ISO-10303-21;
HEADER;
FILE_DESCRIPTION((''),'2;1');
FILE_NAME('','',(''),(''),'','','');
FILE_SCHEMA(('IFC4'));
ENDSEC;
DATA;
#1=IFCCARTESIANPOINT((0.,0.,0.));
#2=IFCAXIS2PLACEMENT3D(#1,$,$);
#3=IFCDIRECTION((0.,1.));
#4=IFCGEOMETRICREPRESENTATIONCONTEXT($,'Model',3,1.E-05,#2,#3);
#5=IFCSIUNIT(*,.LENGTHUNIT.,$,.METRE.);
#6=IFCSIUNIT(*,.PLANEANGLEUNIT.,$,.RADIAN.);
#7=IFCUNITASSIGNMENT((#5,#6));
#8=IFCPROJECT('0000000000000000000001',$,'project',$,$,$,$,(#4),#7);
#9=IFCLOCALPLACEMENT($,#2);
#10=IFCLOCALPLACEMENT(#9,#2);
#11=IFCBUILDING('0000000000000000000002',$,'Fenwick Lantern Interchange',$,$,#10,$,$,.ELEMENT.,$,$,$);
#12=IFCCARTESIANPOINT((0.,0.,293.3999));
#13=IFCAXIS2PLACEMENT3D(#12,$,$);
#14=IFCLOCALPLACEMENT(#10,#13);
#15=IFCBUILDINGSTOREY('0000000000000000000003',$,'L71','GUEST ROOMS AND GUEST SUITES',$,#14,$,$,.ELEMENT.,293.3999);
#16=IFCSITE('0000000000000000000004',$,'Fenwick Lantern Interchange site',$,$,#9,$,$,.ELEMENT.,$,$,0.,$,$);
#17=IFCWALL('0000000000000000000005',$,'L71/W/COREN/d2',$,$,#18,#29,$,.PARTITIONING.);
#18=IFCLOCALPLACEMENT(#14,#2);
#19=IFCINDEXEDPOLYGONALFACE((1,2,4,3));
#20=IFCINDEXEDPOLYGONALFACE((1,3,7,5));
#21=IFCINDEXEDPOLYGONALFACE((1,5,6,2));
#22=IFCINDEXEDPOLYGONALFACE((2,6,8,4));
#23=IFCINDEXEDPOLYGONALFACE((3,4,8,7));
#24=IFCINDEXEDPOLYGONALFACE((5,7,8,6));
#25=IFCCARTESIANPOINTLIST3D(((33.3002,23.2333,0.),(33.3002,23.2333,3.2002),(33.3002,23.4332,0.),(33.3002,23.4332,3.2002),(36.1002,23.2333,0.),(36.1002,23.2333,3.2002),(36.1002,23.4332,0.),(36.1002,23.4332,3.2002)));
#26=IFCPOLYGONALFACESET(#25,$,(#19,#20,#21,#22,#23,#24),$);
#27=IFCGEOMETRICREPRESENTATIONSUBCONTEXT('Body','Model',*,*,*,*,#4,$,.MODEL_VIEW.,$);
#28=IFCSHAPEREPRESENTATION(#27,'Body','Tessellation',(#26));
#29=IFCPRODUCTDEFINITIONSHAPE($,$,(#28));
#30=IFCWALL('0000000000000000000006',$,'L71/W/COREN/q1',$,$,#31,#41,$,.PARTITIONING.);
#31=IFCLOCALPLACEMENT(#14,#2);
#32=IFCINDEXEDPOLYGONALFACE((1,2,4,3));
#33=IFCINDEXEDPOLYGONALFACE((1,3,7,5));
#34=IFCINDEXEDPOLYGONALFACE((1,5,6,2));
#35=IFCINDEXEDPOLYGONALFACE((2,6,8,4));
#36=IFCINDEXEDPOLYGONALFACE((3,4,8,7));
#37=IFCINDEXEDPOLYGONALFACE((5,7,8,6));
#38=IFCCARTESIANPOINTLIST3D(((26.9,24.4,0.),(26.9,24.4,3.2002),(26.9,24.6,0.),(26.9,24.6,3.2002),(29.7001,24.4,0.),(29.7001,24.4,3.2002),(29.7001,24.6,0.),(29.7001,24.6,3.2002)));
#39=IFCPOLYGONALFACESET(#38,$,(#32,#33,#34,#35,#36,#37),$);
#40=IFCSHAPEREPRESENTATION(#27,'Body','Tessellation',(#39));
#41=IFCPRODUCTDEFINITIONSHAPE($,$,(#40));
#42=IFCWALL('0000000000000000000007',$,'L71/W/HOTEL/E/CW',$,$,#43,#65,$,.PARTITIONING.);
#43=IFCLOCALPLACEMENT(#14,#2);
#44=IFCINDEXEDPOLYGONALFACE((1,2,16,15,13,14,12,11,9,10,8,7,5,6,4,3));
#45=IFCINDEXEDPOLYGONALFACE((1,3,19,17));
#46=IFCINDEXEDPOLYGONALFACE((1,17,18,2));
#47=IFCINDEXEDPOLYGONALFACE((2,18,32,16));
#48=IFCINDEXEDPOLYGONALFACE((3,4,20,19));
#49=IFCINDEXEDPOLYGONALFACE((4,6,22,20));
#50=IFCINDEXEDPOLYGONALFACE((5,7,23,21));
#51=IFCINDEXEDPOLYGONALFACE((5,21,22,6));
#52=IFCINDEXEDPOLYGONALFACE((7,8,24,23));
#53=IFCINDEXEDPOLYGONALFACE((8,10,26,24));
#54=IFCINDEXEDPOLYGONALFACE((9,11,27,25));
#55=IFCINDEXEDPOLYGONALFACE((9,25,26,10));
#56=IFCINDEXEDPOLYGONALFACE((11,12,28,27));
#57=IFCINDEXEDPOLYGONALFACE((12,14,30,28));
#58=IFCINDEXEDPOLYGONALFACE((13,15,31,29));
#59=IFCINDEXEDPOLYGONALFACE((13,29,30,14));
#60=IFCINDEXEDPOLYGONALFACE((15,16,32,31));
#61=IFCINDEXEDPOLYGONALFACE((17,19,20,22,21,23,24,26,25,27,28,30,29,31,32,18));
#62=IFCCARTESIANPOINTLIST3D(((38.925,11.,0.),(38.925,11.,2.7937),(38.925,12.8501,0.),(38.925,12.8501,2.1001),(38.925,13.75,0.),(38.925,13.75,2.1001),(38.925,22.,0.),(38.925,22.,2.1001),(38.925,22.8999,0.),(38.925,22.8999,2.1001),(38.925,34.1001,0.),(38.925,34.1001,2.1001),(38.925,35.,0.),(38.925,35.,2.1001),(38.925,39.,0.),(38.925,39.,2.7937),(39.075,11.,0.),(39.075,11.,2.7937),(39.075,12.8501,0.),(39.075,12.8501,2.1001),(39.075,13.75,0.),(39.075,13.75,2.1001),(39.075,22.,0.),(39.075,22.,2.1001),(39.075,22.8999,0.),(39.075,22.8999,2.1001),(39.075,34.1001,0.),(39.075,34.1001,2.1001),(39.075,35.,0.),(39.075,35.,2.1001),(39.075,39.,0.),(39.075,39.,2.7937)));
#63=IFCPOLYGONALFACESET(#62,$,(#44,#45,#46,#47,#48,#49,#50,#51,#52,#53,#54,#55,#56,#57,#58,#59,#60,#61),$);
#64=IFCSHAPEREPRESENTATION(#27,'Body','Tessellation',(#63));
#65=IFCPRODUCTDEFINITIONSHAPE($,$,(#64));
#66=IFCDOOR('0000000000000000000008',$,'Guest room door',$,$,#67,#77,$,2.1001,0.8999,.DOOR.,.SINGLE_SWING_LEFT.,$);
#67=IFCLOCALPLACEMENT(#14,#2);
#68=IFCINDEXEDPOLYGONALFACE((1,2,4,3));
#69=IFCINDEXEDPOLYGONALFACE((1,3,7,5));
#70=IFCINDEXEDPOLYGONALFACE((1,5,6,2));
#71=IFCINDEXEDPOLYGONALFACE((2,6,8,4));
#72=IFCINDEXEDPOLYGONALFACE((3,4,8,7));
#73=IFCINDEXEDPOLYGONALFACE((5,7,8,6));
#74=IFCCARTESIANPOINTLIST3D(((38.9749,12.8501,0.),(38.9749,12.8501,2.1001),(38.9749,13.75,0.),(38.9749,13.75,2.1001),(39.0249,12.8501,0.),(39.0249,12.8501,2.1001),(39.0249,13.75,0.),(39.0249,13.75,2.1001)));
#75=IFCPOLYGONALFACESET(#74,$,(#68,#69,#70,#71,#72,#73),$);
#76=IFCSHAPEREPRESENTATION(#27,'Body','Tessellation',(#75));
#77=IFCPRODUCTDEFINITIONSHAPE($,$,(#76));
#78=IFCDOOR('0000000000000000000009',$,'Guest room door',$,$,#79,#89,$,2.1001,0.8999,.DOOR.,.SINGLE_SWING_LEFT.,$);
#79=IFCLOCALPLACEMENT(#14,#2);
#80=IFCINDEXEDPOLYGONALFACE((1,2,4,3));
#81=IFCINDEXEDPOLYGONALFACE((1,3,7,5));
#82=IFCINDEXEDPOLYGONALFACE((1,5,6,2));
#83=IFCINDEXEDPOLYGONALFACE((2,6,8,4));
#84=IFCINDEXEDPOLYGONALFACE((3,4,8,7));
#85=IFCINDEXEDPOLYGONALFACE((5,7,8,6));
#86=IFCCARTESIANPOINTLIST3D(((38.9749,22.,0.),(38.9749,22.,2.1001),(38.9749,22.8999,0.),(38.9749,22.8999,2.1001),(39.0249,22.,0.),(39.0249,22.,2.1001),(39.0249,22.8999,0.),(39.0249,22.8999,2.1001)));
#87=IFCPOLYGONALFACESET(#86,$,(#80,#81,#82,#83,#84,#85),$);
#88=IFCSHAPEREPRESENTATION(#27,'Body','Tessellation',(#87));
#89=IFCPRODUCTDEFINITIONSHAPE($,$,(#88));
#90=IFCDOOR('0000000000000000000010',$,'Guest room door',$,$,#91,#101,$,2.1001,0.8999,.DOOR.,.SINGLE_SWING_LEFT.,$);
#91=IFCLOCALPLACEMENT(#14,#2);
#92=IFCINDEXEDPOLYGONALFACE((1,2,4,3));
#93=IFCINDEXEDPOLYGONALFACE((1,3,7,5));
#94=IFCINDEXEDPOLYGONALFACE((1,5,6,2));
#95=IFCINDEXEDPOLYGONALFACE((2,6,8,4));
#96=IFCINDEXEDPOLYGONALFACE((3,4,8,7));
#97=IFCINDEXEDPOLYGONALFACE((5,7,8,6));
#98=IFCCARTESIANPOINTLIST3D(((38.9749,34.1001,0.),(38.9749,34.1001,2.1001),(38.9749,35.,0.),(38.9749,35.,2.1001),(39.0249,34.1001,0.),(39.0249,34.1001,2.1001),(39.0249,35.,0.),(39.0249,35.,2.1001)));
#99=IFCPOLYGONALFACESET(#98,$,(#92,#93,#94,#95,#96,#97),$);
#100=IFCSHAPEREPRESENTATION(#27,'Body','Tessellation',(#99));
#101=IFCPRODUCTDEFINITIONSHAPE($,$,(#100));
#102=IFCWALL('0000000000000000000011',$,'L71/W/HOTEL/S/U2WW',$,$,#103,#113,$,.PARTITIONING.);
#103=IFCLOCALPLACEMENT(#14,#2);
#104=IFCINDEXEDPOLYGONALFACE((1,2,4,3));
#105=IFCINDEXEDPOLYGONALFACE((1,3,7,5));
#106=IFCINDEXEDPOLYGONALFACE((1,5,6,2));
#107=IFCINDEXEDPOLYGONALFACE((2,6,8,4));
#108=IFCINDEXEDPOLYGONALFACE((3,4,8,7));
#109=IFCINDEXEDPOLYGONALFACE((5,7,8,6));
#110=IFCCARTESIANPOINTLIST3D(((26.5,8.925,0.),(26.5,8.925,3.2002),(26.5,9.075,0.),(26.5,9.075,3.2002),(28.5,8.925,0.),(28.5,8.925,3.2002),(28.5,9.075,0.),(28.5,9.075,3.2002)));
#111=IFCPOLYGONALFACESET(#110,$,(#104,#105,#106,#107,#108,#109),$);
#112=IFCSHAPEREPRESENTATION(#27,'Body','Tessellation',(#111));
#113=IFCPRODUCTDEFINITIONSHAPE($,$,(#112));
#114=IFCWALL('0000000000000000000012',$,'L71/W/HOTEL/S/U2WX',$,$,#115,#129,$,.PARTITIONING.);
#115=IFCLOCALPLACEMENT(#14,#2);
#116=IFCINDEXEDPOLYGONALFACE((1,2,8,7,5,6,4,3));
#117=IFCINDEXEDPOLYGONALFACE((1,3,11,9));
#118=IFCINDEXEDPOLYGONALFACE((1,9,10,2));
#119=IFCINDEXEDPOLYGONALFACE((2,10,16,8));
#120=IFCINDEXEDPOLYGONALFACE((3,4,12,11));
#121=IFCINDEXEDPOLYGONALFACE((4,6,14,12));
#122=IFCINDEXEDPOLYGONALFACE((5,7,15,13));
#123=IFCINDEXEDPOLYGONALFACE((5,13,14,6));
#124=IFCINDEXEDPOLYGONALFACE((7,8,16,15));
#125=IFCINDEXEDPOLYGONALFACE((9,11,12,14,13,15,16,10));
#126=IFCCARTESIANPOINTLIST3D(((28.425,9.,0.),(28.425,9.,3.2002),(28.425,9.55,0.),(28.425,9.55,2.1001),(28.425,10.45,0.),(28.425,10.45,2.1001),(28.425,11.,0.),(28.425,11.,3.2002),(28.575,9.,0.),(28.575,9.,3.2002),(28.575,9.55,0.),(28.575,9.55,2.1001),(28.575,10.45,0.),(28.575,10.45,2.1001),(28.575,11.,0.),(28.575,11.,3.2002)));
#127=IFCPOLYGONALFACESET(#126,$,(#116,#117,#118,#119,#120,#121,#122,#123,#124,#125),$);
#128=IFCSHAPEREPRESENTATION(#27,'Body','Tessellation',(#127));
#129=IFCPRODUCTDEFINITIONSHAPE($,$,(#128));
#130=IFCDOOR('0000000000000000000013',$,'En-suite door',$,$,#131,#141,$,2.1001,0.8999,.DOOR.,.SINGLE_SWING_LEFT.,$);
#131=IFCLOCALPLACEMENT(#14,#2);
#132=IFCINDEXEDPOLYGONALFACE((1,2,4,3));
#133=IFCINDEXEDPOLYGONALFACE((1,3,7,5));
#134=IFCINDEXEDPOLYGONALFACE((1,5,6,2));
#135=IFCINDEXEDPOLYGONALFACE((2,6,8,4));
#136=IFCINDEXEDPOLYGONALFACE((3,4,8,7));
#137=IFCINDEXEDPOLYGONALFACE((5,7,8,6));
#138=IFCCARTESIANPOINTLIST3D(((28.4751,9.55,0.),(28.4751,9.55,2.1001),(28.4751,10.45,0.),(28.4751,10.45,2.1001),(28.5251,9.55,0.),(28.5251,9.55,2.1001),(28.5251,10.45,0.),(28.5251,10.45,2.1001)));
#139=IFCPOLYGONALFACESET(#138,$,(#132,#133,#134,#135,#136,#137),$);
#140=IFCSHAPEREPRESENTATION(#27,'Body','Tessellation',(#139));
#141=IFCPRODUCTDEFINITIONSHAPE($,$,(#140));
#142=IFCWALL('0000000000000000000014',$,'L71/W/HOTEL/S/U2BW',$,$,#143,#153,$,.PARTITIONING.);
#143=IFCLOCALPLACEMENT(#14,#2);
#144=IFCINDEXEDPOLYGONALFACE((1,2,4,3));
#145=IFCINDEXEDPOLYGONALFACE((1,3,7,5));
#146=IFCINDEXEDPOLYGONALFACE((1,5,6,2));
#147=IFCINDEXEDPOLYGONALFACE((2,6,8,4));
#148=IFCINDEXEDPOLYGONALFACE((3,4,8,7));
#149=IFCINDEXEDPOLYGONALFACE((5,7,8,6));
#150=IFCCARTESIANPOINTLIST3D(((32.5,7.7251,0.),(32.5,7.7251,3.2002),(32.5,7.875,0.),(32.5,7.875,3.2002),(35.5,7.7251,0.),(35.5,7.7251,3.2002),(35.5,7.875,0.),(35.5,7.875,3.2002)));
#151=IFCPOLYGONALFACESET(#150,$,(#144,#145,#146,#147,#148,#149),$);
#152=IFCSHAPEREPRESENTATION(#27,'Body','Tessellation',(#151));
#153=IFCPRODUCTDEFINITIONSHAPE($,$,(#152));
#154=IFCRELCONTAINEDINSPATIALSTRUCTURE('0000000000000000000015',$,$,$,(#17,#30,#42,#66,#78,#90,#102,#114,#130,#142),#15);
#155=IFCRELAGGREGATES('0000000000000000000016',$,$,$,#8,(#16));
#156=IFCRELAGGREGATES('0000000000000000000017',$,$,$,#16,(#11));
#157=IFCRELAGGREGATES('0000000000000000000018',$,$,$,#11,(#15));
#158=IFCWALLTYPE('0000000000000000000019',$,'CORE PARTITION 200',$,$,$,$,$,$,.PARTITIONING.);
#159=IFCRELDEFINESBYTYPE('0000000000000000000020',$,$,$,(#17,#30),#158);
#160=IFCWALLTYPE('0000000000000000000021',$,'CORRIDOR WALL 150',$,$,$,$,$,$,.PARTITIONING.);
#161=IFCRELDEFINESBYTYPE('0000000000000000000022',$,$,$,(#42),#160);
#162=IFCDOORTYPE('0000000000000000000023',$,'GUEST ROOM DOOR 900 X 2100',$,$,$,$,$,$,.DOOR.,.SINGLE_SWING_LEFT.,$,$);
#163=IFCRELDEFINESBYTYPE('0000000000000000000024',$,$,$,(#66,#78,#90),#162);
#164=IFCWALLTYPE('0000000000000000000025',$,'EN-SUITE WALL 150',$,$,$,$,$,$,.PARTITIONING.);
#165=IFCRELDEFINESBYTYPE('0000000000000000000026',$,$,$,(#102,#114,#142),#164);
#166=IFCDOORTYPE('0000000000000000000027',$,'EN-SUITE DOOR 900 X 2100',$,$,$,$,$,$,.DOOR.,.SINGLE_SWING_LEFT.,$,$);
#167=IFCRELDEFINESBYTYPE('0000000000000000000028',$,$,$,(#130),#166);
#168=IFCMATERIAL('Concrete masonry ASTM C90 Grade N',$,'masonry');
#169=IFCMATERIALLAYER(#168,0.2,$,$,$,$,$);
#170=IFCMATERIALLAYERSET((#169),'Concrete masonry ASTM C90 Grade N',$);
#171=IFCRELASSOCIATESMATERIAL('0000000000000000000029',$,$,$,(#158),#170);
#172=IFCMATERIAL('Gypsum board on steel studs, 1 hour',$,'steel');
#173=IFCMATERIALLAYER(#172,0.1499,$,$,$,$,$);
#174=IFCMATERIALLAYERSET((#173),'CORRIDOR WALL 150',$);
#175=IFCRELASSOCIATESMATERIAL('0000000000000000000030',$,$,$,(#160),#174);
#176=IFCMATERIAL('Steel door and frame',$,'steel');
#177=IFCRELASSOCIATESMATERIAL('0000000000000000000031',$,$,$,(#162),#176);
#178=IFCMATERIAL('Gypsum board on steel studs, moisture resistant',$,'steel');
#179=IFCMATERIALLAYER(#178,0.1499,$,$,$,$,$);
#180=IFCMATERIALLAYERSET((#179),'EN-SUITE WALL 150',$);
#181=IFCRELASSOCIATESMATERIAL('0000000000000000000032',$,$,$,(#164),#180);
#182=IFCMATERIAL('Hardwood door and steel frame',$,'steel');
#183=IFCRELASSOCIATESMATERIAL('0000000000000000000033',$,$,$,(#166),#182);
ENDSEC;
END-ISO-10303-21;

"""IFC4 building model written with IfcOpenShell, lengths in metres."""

from ifc_helpers import new_model, si_unit, direction, frame, frame_2d, origin, place, context, subcontext, project, spatial, rectangle, extrude, material, layer, layer_set, type_object, element, fill, save


model = new_model("IFC4")

# Units and contexts
model_context = context("Model", 3, precision=1e-05, world=origin(), true_north=direction((0.0, 1.0)))
body_context = subcontext(model_context, "Body", "Model", "MODEL_VIEW")
ifc_project = project(units=[si_unit("LENGTHUNIT", "METRE"), si_unit("PLANEANGLEUNIT", "RADIAN")], contexts=[model_context])

# Site, building, storey
site_placement = place(None, origin())
site = spatial("IfcSite", under=ifc_project, at=site_placement, Name="Fenwick Lantern Interchange site", CompositionType="ELEMENT", RefElevation=0.0)
building_placement = place(site_placement, origin())
building = spatial("IfcBuilding", under=site, at=building_placement, Name="Fenwick Lantern Interchange", CompositionType="ELEMENT")
storey_placement = place(building_placement, frame((0.0, 0.0, 293.3999)))
storey = spatial("IfcBuildingStorey", under=building, at=storey_placement, Name="L71", Description="GUEST ROOMS AND GUEST SUITES", CompositionType="ELEMENT", Elevation=293.3999)

# Walls
ifc_material_1 = material(Name="Concrete masonry ASTM C90 Grade N", Category="masonry")
ifc_layer_1 = layer(ifc_material_1, 0.2)
ifc_layer_set_1 = layer_set([ifc_layer_1], Name="Concrete masonry ASTM C90 Grade N")
wall_type_1 = type_object("IfcWallType", Name="CORE PARTITION 200", PredefinedType="PARTITIONING", material=ifc_layer_set_1)
for number, where, z_axis, x_axis, name in (
    (1, (36.1001, 23.3333, 0.0), (0.0, 0.0, 1.0), (-1.0, 0.0, 0.0), "L71/W/COREN/d2"),
    (2, (29.7, 24.5, 0.0), (0.0, 0.0, 1.0), (-1.0, 0.0, 0.0), "L71/W/COREN/q1"),
):
    element("IfcWall", number, at=place(storey_placement, frame(where, z_axis=z_axis, x_axis=x_axis)), inside=storey, type_object=wall_type_1, Name=name, PredefinedType="PARTITIONING", context=body_context, shape_type="SweptSolid", body=[
        extrude(rectangle(XDim=2.8, YDim=0.2, at=frame_2d((1.3999, 0.0))), origin(), (0.0, 0.0, 1.0), 3.2002),
    ])

# Wall, openings, doors
ifc_material_2 = material(Name="Steel door and frame", Category="steel")
ifc_material_3 = material(Name="Hardwood door and steel frame", Category="steel")
ifc_material_4 = material(Name="Gypsum board on steel studs, 1 hour", Category="steel")
ifc_layer_2 = layer(ifc_material_4, 0.1499)
ifc_layer_set_2 = layer_set([ifc_layer_2], Name="CORRIDOR WALL 150")
wall_type_2 = type_object("IfcWallType", Name="CORRIDOR WALL 150", PredefinedType="PARTITIONING", material=ifc_layer_set_2)
wall_1_placement = place(storey_placement, frame((39.0, 11.0, 0.0), z_axis=(0.0, 0.0, 1.0), x_axis=(0.0, 1.0, 0.0)))
wall_1 = element("IfcWall", 3, at=wall_1_placement, inside=storey, type_object=wall_type_2, Name="L71/W/HOTEL/E/CW", PredefinedType="PARTITIONING", context=body_context, shape_type="SweptSolid", body=[
    extrude(rectangle(XDim=28.0, YDim=0.1499, at=frame_2d((14.0, 0.0))), origin(), (0.0, 0.0, 1.0), 2.7937),
])
opening_1_placement = place(wall_1_placement, frame((1.8501, 0.0, 0.0)))
opening_1 = element("IfcOpeningElement", 4, at=opening_1_placement, cuts=wall_1, PredefinedType="OPENING", context=body_context, shape_type="SweptSolid", body=[
    extrude(rectangle(XDim=0.8999, YDim=2.1001, at=frame_2d((0.45, 1.05))), frame((0.0, 0.085, 0.0), z_axis=(0.0, -1.0, 0.0), x_axis=(1.0, 0.0, 0.0)), (0.0, 0.0, 1.0), 0.1699),
])
opening_2_placement = place(wall_1_placement, frame((11.0, 0.0, 0.0)))
opening_2 = element("IfcOpeningElement", 5, at=opening_2_placement, cuts=wall_1, PredefinedType="OPENING", context=body_context, shape_type="SweptSolid", body=[
    extrude(rectangle(XDim=0.8999, YDim=2.1001, at=frame_2d((0.45, 1.05))), frame((0.0, 0.085, 0.0), z_axis=(0.0, -1.0, 0.0), x_axis=(1.0, 0.0, 0.0)), (0.0, 0.0, 1.0), 0.1699),
])
opening_3_placement = place(wall_1_placement, frame((23.1001, 0.0, 0.0)))
opening_3 = element("IfcOpeningElement", 6, at=opening_3_placement, cuts=wall_1, PredefinedType="OPENING", context=body_context, shape_type="SweptSolid", body=[
    extrude(rectangle(XDim=0.8999, YDim=2.1001, at=frame_2d((0.45, 1.05))), frame((0.0, 0.085, 0.0), z_axis=(0.0, -1.0, 0.0), x_axis=(1.0, 0.0, 0.0)), (0.0, 0.0, 1.0), 0.1699),
])
door_type_1 = type_object("IfcDoorType", Name="GUEST ROOM DOOR 900 X 2100", OperationType="SINGLE_SWING_LEFT", PredefinedType="DOOR", material=ifc_material_2)
door_1_placement = place(opening_1_placement, frame((0.8999, 0.0, 0.0), z_axis=(0.0, 0.0, 1.0), x_axis=(-1.0, 0.0, 0.0)))
door_1 = element("IfcDoor", 7, at=door_1_placement, inside=storey, type_object=door_type_1, Name="Guest room door", OperationType="SINGLE_SWING_LEFT", OverallHeight=2.1001, OverallWidth=0.8999, PredefinedType="DOOR", context=body_context, shape_type="SweptSolid", body=[
    extrude(rectangle(XDim=0.8999, YDim=2.1001, at=frame_2d((0.45, 1.05))), frame((0.0, 0.0249, 0.0), z_axis=(0.0, -1.0, 0.0), x_axis=(1.0, 0.0, 0.0)), (0.0, 0.0, 1.0), 0.05),
])
fill(opening_1, door_1)
door_2_placement = place(opening_2_placement, frame((0.8999, 0.0, 0.0), z_axis=(0.0, 0.0, 1.0), x_axis=(-1.0, 0.0, 0.0)))
door_2 = element("IfcDoor", 8, at=door_2_placement, inside=storey, type_object=door_type_1, Name="Guest room door", OperationType="SINGLE_SWING_LEFT", OverallHeight=2.1001, OverallWidth=0.8999, PredefinedType="DOOR", context=body_context, shape_type="SweptSolid", body=[
    extrude(rectangle(XDim=0.8999, YDim=2.1001, at=frame_2d((0.45, 1.05))), frame((0.0, 0.0249, 0.0), z_axis=(0.0, -1.0, 0.0), x_axis=(1.0, 0.0, 0.0)), (0.0, 0.0, 1.0), 0.05),
])
fill(opening_2, door_2)
door_3_placement = place(opening_3_placement, frame((0.8999, 0.0, 0.0), z_axis=(0.0, 0.0, 1.0), x_axis=(-1.0, 0.0, 0.0)))
door_3 = element("IfcDoor", 9, at=door_3_placement, inside=storey, type_object=door_type_1, Name="Guest room door", OperationType="SINGLE_SWING_LEFT", OverallHeight=2.1001, OverallWidth=0.8999, PredefinedType="DOOR", context=body_context, shape_type="SweptSolid", body=[
    extrude(rectangle(XDim=0.8999, YDim=2.1001, at=frame_2d((0.45, 1.05))), frame((0.0, 0.0249, 0.0), z_axis=(0.0, -1.0, 0.0), x_axis=(1.0, 0.0, 0.0)), (0.0, 0.0, 1.0), 0.05),
])
fill(opening_3, door_3)

# Wall
ifc_material_5 = material(Name="Gypsum board on steel studs, moisture resistant", Category="steel")
ifc_layer_3 = layer(ifc_material_5, 0.1499)
ifc_layer_set_3 = layer_set([ifc_layer_3], Name="EN-SUITE WALL 150")
wall_type_3 = type_object("IfcWallType", Name="EN-SUITE WALL 150", PredefinedType="PARTITIONING", material=ifc_layer_set_3)
wall_2_placement = place(storey_placement, frame((26.5, 9.0, 0.0), z_axis=(0.0, 0.0, 1.0), x_axis=(1.0, 0.0, 0.0)))
element("IfcWall", 10, at=wall_2_placement, inside=storey, type_object=wall_type_3, Name="L71/W/HOTEL/S/U2WW", PredefinedType="PARTITIONING", context=body_context, shape_type="SweptSolid", body=[
    extrude(rectangle(XDim=2.0, YDim=0.1499, at=frame_2d((1.0, 0.0))), origin(), (0.0, 0.0, 1.0), 3.2002),
])

# Wall, opening, door
wall_3_placement = place(storey_placement, frame((28.5, 9.0, 0.0), z_axis=(0.0, 0.0, 1.0), x_axis=(0.0, 1.0, 0.0)))
wall_3 = element("IfcWall", 11, at=wall_3_placement, inside=storey, type_object=wall_type_3, Name="L71/W/HOTEL/S/U2WX", PredefinedType="PARTITIONING", context=body_context, shape_type="SweptSolid", body=[
    extrude(rectangle(XDim=2.0, YDim=0.1499, at=frame_2d((1.0, 0.0))), origin(), (0.0, 0.0, 1.0), 3.2002),
])
opening_4_placement = place(wall_3_placement, frame((0.55, 0.0, 0.0)))
opening_4 = element("IfcOpeningElement", 12, at=opening_4_placement, cuts=wall_3, PredefinedType="OPENING", context=body_context, shape_type="SweptSolid", body=[
    extrude(rectangle(XDim=0.8999, YDim=2.1001, at=frame_2d((0.45, 1.05))), frame((0.0, 0.085, 0.0), z_axis=(0.0, -1.0, 0.0), x_axis=(1.0, 0.0, 0.0)), (0.0, 0.0, 1.0), 0.1699),
])
door_type_2 = type_object("IfcDoorType", Name="EN-SUITE DOOR 900 X 2100", OperationType="SINGLE_SWING_LEFT", PredefinedType="DOOR", material=ifc_material_3)
door_4_placement = place(opening_4_placement, origin())
door_4 = element("IfcDoor", 13, at=door_4_placement, inside=storey, type_object=door_type_2, Name="En-suite door", OperationType="SINGLE_SWING_LEFT", OverallHeight=2.1001, OverallWidth=0.8999, PredefinedType="DOOR", context=body_context, shape_type="SweptSolid", body=[
    extrude(rectangle(XDim=0.8999, YDim=2.1001, at=frame_2d((0.45, 1.05))), frame((0.0, 0.0249, 0.0), z_axis=(0.0, -1.0, 0.0), x_axis=(1.0, 0.0, 0.0)), (0.0, 0.0, 1.0), 0.05),
])
fill(opening_4, door_4)

# Wall
wall_4_placement = place(storey_placement, frame((32.5, 7.8, 0.0), z_axis=(0.0, 0.0, 1.0), x_axis=(1.0, 0.0, 0.0)))
element("IfcWall", 14, at=wall_4_placement, inside=storey, type_object=wall_type_3, Name="L71/W/HOTEL/S/U2BW", PredefinedType="PARTITIONING", context=body_context, shape_type="SweptSolid", body=[
    extrude(rectangle(XDim=3.0, YDim=0.1499, at=frame_2d((1.5, 0.0))), origin(), (0.0, 0.0, 1.0), 3.2002),
])

save(model, "model.ifc")
